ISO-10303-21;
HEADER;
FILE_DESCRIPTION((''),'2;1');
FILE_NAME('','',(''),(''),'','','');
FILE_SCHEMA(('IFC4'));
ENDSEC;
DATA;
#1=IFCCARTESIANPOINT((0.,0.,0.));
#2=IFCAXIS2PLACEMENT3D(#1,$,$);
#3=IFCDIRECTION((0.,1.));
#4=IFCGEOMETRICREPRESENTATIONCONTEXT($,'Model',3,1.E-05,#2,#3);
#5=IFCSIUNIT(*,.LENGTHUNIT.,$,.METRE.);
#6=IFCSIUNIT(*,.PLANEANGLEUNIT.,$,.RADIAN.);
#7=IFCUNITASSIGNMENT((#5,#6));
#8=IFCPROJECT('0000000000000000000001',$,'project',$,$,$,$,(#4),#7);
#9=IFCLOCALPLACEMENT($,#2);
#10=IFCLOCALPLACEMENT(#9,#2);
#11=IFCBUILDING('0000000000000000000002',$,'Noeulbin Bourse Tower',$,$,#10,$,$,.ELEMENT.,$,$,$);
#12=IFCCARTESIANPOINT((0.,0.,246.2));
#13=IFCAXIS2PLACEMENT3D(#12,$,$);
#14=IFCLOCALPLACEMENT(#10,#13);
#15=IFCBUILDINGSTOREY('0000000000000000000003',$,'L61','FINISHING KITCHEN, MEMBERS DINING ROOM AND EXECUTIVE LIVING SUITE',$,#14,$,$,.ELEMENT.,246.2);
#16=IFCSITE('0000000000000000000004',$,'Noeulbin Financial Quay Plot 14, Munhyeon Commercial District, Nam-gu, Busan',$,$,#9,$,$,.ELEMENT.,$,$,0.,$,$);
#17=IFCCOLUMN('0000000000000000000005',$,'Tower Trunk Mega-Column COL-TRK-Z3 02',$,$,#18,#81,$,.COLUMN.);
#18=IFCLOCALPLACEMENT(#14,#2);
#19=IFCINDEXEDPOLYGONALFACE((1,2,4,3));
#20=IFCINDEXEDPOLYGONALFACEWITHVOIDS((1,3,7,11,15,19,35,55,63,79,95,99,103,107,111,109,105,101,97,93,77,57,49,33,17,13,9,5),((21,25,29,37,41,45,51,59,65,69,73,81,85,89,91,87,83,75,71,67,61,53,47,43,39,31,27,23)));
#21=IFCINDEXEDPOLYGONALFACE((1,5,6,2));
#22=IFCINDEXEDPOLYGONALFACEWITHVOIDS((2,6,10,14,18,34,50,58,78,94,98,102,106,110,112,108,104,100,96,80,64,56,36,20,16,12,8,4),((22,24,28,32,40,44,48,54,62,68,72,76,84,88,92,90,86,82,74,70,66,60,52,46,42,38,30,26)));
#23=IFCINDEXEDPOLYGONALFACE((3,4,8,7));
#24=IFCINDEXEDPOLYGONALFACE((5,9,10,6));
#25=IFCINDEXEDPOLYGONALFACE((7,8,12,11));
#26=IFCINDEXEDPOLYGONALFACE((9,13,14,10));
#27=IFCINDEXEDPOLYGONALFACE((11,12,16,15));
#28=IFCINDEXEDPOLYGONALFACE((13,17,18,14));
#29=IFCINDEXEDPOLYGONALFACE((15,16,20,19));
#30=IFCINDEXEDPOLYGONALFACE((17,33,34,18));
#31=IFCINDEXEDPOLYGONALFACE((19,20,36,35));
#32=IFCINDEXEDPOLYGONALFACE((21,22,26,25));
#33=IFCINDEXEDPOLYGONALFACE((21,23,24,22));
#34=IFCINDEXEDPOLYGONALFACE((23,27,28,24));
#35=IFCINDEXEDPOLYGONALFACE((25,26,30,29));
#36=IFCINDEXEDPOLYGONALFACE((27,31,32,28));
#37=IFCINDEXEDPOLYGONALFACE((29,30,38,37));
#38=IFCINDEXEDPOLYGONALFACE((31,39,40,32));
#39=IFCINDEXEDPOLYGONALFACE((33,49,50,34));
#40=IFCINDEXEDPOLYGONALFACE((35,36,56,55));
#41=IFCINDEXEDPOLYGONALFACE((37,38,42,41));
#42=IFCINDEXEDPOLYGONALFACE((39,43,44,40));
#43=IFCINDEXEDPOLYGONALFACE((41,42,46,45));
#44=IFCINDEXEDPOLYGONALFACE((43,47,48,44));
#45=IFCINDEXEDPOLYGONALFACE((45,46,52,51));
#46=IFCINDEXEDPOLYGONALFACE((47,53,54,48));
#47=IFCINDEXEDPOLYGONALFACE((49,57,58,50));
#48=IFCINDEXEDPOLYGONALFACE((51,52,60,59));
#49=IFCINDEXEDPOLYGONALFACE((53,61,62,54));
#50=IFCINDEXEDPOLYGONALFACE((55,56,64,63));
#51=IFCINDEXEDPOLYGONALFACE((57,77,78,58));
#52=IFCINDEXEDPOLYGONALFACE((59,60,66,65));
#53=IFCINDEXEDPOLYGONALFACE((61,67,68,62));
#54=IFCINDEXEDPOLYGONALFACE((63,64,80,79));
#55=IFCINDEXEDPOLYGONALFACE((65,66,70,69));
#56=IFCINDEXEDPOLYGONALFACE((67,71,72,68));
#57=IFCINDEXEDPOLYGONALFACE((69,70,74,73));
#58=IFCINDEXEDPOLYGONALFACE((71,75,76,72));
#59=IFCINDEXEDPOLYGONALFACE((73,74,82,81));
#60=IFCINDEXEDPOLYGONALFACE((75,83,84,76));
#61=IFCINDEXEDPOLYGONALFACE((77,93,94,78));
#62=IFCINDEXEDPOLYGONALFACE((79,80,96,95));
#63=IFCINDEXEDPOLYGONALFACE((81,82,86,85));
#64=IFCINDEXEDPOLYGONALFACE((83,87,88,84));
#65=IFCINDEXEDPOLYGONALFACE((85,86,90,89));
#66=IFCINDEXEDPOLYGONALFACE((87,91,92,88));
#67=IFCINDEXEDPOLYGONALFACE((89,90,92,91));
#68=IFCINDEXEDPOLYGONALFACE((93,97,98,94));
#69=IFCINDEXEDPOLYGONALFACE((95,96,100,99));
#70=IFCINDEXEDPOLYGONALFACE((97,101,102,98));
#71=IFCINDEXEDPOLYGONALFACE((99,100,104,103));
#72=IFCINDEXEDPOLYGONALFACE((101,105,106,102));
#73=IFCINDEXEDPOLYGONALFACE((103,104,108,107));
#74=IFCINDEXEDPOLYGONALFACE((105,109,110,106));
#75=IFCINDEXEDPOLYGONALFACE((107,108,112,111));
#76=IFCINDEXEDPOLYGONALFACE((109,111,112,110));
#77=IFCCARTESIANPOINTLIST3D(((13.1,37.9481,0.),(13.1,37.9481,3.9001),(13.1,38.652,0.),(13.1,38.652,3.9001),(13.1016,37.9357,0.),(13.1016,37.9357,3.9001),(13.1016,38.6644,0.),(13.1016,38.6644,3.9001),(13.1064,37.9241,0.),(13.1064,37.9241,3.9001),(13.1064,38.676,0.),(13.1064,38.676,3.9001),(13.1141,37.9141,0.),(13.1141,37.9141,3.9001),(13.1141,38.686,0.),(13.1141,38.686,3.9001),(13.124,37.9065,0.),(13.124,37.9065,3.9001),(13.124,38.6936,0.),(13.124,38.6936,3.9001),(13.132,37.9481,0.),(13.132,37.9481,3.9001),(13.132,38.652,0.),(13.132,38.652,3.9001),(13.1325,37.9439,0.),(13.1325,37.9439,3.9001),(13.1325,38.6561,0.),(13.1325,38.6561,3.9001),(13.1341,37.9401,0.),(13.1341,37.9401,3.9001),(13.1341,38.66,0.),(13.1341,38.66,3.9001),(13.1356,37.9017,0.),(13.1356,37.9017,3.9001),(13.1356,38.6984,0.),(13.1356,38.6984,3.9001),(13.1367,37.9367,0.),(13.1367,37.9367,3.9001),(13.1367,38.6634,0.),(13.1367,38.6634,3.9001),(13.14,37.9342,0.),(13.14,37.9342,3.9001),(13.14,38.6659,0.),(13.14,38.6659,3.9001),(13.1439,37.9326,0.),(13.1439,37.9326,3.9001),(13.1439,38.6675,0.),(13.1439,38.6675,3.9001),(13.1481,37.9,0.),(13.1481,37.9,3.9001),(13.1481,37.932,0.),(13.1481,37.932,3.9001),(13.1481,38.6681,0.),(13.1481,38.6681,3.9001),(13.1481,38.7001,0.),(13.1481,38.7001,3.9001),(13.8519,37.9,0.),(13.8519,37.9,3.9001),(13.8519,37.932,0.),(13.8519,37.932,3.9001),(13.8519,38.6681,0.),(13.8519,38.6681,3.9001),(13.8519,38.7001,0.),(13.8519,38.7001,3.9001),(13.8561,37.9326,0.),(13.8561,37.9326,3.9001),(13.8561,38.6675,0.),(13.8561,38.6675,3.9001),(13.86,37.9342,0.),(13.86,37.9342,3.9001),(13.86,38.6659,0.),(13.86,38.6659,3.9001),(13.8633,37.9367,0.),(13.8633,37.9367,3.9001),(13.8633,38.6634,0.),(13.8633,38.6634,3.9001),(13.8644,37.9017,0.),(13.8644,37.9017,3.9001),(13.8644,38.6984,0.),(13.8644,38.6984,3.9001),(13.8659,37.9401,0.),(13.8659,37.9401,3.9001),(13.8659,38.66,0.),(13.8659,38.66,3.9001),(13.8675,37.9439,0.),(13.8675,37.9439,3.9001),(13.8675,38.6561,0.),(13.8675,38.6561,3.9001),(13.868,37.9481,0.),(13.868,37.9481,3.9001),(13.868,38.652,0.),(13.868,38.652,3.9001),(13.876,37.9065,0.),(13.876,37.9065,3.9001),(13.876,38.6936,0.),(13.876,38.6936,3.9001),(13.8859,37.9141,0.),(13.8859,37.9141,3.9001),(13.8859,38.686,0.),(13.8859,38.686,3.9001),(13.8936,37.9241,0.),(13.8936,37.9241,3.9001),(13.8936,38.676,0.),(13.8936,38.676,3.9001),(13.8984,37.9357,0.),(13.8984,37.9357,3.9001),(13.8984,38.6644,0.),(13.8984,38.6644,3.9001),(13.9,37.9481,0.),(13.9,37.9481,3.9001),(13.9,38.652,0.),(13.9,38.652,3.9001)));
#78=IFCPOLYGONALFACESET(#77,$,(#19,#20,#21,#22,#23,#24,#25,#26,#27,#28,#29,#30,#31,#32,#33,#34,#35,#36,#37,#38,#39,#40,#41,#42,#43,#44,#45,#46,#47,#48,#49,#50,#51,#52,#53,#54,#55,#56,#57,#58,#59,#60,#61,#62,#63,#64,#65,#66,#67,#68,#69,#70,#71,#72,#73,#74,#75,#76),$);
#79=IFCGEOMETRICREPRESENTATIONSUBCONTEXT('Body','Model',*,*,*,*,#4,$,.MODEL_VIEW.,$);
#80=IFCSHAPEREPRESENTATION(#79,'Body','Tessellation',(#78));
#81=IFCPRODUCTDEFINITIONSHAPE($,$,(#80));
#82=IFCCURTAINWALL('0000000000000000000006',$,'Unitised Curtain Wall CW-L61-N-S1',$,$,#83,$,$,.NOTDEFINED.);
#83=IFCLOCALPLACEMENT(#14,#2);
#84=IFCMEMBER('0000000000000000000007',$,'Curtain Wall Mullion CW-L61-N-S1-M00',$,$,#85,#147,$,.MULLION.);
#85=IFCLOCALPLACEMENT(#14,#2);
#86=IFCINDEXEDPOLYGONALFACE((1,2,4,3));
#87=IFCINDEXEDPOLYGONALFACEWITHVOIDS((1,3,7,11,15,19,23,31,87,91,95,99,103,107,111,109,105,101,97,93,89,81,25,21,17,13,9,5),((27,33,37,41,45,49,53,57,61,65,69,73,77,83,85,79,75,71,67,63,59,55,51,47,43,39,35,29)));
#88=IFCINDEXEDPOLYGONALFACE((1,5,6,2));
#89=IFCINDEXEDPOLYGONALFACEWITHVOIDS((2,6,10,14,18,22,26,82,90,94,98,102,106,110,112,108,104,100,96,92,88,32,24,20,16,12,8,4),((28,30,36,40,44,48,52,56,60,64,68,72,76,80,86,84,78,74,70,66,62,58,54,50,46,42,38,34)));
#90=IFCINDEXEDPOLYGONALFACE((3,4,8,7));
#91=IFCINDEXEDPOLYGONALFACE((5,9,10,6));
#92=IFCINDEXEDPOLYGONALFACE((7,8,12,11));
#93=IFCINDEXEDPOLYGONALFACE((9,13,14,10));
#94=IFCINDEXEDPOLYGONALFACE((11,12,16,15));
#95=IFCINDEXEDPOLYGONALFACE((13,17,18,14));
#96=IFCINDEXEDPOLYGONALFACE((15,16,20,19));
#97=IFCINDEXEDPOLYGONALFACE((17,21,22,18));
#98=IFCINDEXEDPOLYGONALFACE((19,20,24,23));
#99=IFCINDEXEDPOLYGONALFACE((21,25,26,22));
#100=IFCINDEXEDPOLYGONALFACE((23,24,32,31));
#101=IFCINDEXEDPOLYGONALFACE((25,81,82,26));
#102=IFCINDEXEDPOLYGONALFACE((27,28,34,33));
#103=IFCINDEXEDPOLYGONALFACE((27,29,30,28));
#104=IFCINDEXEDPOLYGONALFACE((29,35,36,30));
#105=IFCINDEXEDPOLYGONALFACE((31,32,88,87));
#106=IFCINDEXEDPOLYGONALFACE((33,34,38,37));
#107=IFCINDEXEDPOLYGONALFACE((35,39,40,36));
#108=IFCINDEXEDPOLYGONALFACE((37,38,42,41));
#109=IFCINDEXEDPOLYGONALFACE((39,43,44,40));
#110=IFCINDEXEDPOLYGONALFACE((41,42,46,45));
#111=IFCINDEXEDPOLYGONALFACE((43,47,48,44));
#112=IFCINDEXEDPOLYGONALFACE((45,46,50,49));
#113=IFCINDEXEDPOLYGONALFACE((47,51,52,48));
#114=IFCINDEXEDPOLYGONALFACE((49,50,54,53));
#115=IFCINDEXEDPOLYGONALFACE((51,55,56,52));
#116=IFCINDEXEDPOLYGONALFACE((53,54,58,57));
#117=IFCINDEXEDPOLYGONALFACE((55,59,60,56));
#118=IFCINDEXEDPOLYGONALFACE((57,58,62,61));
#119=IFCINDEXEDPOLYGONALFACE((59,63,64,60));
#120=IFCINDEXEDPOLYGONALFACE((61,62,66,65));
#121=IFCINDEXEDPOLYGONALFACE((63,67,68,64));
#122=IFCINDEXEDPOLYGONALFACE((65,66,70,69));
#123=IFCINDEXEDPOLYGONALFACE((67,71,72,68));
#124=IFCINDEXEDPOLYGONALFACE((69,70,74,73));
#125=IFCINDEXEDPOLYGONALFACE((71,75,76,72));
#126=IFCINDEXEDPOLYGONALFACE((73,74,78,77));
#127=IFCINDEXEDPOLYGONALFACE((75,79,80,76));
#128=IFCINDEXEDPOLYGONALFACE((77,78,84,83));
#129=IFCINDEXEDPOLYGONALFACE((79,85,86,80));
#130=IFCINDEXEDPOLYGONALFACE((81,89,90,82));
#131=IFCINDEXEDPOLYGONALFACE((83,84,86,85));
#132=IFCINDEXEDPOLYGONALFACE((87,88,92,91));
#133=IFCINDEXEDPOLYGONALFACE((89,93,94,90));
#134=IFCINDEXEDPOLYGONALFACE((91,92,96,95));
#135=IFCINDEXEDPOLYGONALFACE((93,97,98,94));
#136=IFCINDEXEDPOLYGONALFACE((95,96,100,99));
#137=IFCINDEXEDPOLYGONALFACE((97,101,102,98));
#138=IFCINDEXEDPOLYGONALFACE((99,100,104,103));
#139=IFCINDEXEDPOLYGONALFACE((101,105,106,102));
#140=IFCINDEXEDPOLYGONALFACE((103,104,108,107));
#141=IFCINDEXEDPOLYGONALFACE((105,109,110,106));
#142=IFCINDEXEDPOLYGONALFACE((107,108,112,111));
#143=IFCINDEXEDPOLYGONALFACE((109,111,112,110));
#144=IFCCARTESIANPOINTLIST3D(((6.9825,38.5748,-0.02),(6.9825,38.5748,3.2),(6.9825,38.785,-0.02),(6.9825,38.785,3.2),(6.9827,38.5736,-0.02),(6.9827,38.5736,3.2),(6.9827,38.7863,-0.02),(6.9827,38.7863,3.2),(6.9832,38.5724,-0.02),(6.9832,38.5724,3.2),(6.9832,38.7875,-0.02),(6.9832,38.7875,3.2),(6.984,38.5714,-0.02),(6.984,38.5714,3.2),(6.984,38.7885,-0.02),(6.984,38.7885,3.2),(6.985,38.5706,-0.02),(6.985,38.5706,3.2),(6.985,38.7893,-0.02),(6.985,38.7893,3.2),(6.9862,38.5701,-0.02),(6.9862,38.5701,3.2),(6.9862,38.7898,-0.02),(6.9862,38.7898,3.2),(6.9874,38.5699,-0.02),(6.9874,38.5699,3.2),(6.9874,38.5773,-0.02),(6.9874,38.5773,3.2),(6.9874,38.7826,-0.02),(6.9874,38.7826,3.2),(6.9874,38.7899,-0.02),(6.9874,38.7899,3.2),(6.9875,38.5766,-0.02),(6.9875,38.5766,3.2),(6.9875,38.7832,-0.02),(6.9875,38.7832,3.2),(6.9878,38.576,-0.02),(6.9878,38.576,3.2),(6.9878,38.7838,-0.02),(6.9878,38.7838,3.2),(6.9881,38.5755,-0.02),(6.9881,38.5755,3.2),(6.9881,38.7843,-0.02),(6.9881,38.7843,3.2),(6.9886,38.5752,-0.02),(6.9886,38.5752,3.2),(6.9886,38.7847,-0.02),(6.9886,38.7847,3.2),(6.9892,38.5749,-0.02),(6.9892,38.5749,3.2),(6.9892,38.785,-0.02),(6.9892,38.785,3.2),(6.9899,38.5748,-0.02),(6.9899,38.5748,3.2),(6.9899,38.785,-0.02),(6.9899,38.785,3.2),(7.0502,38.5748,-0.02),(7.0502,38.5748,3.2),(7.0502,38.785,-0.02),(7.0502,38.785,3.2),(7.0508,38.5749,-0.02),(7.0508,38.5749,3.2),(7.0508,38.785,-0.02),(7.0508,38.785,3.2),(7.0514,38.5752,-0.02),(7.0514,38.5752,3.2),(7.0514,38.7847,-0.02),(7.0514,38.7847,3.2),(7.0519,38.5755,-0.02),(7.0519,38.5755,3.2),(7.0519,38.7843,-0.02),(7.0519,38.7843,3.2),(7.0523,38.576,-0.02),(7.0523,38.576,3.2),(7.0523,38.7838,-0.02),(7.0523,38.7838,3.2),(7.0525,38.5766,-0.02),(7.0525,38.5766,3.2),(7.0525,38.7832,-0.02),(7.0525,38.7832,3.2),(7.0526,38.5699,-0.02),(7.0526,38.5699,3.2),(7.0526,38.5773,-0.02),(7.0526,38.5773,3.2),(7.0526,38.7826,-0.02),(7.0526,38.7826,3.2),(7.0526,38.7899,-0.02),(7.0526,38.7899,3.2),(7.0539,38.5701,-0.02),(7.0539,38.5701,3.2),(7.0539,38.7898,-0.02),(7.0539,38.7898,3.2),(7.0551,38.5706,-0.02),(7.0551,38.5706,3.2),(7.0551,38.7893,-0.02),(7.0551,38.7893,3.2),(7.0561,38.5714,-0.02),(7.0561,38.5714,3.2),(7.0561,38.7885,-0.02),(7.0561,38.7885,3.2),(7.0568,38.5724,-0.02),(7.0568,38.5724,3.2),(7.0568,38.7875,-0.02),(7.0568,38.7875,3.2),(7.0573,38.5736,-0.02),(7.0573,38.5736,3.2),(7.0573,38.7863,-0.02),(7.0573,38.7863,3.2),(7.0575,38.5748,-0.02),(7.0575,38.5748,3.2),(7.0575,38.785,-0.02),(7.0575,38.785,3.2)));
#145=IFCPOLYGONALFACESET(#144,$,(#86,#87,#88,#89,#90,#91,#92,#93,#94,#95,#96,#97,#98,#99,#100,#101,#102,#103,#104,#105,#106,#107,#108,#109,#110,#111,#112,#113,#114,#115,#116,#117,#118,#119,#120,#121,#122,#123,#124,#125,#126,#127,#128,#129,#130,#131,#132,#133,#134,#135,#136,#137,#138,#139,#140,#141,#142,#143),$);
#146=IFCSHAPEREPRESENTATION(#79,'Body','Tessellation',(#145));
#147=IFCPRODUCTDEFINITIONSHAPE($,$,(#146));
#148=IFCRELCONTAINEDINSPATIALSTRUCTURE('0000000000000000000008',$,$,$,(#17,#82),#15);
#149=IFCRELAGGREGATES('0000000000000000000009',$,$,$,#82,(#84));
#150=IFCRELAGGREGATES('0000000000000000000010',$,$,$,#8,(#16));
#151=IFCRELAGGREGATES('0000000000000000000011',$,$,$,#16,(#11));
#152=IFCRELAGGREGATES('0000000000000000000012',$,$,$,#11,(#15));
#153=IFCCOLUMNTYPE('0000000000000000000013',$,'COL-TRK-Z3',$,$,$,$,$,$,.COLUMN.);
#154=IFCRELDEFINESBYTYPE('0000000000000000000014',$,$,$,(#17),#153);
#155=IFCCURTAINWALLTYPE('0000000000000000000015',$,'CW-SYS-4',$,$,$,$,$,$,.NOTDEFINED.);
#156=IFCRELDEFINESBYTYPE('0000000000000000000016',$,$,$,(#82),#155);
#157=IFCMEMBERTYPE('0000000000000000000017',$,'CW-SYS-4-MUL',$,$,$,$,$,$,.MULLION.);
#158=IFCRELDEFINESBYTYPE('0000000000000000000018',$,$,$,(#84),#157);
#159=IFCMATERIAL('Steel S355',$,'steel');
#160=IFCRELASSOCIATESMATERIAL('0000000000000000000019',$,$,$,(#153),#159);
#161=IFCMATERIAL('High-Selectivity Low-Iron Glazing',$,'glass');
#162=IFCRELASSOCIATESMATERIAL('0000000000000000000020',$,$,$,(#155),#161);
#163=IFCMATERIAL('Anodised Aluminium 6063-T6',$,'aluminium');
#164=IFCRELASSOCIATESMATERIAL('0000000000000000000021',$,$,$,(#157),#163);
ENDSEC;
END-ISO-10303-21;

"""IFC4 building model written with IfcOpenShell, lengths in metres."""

from ifc_helpers import new_model, si_unit, direction, frame, origin, origin_2d, place, context, subcontext, project, spatial, hollow_rectangle, extrude, material, material_profile, profile_set, type_object, element, aggregate, save


model = new_model("IFC4")

# Units and contexts
model_context = context("Model", 3, precision=1e-05, world=origin(), true_north=direction((0.0, 1.0)))
body_context = subcontext(model_context, "Body", "Model", "MODEL_VIEW")
ifc_project = project(units=[si_unit("LENGTHUNIT", "METRE"), si_unit("PLANEANGLEUNIT", "RADIAN")], contexts=[model_context])

# Site, building, storey
site_placement = place(None, origin())
site = spatial("IfcSite", under=ifc_project, at=site_placement, Name="Noeulbin Financial Quay Plot 14, Munhyeon Commercial District, Nam-gu, Busan", CompositionType="ELEMENT", RefElevation=0.0)
building_placement = place(site_placement, origin())
building = spatial("IfcBuilding", under=site, at=building_placement, Name="Noeulbin Bourse Tower", CompositionType="ELEMENT")
storey_placement = place(building_placement, frame((0.0, 0.0, 246.2)))
storey = spatial("IfcBuildingStorey", under=building, at=storey_placement, Name="L61", Description="FINISHING KITCHEN, MEMBERS DINING ROOM AND EXECUTIVE LIVING SUITE", CompositionType="ELEMENT", Elevation=246.2)

# Column
ifc_material_1 = material(Name="Steel S355", Category="steel")
ifc_material_profile_1 = material_profile(ifc_material_1, hollow_rectangle(XDim=0.8, YDim=0.8, WallThickness=0.032, InnerFilletRadius=0.0161, OuterFilletRadius=0.0481, at=origin_2d()), Name="BOX-800x800x32", Category="LoadBearing")
ifc_profile_set_1 = profile_set([ifc_material_profile_1], Name="Steel S355")
column_type = type_object("IfcColumnType", Name="COL-TRK-Z3", PredefinedType="COLUMN", material=ifc_profile_set_1)
column_placement = place(storey_placement, frame((13.5, 38.3, 0.0), z_axis=(0.0, 0.0, 1.0), x_axis=(1.0, 0.0, 0.0)))
element("IfcColumn", 1, at=column_placement, inside=storey, type_object=column_type, Name="Tower Trunk Mega-Column COL-TRK-Z3 02", PredefinedType="COLUMN", context=body_context, shape_type="SweptSolid", body=[
    extrude(hollow_rectangle(XDim=0.8, YDim=0.8, WallThickness=0.032, InnerFilletRadius=0.0161, OuterFilletRadius=0.0481, at=origin_2d()), origin(), (0.0, 0.0, 1.0), 3.9001),
])

# Curtain wall, member
ifc_material_2 = material(Name="High-Selectivity Low-Iron Glazing", Category="glass")
curtain_wall_type = type_object("IfcCurtainWallType", Name="CW-SYS-4", PredefinedType="NOTDEFINED", material=ifc_material_2)
curtain_wall_1_placement = place(storey_placement, origin())
curtain_wall_1 = element("IfcCurtainWall", 2, at=curtain_wall_1_placement, inside=storey, type_object=curtain_wall_type, Name="Unitised Curtain Wall CW-L61-N-S1", PredefinedType="NOTDEFINED")
ifc_material_3 = material(Name="Anodised Aluminium 6063-T6", Category="aluminium")
ifc_material_profile_2 = material_profile(ifc_material_3, hollow_rectangle(XDim=0.075, YDim=0.22, WallThickness=0.0049, InnerFilletRadius=0.0024, OuterFilletRadius=0.0049, at=origin_2d()), Name="ALU-MULL-75x220x5", Category="LoadBearing")
ifc_profile_set_2 = profile_set([ifc_material_profile_2], Name="Anodised Aluminium 6063-T6")
member_type_1 = type_object("IfcMemberType", Name="CW-SYS-4-MUL", PredefinedType="MULLION", material=ifc_profile_set_2)
member_1_placement = place(storey_placement, frame((7.02, 38.6799, -0.02), z_axis=(0.0, 0.0, 1.0), x_axis=(1.0, 0.0, 0.0)))
member_1 = element("IfcMember", 3, at=member_1_placement, type_object=member_type_1, Name="Curtain Wall Mullion CW-L61-N-S1-M00", PredefinedType="MULLION", context=body_context, shape_type="SweptSolid", body=[
    extrude(hollow_rectangle(XDim=0.075, YDim=0.22, WallThickness=0.0049, InnerFilletRadius=0.0024, OuterFilletRadius=0.0049, at=origin_2d()), origin(), (0.0, 0.0, 1.0), 3.22),
])

aggregate(curtain_wall_1, [member_1])

save(model, "model.ifc")
